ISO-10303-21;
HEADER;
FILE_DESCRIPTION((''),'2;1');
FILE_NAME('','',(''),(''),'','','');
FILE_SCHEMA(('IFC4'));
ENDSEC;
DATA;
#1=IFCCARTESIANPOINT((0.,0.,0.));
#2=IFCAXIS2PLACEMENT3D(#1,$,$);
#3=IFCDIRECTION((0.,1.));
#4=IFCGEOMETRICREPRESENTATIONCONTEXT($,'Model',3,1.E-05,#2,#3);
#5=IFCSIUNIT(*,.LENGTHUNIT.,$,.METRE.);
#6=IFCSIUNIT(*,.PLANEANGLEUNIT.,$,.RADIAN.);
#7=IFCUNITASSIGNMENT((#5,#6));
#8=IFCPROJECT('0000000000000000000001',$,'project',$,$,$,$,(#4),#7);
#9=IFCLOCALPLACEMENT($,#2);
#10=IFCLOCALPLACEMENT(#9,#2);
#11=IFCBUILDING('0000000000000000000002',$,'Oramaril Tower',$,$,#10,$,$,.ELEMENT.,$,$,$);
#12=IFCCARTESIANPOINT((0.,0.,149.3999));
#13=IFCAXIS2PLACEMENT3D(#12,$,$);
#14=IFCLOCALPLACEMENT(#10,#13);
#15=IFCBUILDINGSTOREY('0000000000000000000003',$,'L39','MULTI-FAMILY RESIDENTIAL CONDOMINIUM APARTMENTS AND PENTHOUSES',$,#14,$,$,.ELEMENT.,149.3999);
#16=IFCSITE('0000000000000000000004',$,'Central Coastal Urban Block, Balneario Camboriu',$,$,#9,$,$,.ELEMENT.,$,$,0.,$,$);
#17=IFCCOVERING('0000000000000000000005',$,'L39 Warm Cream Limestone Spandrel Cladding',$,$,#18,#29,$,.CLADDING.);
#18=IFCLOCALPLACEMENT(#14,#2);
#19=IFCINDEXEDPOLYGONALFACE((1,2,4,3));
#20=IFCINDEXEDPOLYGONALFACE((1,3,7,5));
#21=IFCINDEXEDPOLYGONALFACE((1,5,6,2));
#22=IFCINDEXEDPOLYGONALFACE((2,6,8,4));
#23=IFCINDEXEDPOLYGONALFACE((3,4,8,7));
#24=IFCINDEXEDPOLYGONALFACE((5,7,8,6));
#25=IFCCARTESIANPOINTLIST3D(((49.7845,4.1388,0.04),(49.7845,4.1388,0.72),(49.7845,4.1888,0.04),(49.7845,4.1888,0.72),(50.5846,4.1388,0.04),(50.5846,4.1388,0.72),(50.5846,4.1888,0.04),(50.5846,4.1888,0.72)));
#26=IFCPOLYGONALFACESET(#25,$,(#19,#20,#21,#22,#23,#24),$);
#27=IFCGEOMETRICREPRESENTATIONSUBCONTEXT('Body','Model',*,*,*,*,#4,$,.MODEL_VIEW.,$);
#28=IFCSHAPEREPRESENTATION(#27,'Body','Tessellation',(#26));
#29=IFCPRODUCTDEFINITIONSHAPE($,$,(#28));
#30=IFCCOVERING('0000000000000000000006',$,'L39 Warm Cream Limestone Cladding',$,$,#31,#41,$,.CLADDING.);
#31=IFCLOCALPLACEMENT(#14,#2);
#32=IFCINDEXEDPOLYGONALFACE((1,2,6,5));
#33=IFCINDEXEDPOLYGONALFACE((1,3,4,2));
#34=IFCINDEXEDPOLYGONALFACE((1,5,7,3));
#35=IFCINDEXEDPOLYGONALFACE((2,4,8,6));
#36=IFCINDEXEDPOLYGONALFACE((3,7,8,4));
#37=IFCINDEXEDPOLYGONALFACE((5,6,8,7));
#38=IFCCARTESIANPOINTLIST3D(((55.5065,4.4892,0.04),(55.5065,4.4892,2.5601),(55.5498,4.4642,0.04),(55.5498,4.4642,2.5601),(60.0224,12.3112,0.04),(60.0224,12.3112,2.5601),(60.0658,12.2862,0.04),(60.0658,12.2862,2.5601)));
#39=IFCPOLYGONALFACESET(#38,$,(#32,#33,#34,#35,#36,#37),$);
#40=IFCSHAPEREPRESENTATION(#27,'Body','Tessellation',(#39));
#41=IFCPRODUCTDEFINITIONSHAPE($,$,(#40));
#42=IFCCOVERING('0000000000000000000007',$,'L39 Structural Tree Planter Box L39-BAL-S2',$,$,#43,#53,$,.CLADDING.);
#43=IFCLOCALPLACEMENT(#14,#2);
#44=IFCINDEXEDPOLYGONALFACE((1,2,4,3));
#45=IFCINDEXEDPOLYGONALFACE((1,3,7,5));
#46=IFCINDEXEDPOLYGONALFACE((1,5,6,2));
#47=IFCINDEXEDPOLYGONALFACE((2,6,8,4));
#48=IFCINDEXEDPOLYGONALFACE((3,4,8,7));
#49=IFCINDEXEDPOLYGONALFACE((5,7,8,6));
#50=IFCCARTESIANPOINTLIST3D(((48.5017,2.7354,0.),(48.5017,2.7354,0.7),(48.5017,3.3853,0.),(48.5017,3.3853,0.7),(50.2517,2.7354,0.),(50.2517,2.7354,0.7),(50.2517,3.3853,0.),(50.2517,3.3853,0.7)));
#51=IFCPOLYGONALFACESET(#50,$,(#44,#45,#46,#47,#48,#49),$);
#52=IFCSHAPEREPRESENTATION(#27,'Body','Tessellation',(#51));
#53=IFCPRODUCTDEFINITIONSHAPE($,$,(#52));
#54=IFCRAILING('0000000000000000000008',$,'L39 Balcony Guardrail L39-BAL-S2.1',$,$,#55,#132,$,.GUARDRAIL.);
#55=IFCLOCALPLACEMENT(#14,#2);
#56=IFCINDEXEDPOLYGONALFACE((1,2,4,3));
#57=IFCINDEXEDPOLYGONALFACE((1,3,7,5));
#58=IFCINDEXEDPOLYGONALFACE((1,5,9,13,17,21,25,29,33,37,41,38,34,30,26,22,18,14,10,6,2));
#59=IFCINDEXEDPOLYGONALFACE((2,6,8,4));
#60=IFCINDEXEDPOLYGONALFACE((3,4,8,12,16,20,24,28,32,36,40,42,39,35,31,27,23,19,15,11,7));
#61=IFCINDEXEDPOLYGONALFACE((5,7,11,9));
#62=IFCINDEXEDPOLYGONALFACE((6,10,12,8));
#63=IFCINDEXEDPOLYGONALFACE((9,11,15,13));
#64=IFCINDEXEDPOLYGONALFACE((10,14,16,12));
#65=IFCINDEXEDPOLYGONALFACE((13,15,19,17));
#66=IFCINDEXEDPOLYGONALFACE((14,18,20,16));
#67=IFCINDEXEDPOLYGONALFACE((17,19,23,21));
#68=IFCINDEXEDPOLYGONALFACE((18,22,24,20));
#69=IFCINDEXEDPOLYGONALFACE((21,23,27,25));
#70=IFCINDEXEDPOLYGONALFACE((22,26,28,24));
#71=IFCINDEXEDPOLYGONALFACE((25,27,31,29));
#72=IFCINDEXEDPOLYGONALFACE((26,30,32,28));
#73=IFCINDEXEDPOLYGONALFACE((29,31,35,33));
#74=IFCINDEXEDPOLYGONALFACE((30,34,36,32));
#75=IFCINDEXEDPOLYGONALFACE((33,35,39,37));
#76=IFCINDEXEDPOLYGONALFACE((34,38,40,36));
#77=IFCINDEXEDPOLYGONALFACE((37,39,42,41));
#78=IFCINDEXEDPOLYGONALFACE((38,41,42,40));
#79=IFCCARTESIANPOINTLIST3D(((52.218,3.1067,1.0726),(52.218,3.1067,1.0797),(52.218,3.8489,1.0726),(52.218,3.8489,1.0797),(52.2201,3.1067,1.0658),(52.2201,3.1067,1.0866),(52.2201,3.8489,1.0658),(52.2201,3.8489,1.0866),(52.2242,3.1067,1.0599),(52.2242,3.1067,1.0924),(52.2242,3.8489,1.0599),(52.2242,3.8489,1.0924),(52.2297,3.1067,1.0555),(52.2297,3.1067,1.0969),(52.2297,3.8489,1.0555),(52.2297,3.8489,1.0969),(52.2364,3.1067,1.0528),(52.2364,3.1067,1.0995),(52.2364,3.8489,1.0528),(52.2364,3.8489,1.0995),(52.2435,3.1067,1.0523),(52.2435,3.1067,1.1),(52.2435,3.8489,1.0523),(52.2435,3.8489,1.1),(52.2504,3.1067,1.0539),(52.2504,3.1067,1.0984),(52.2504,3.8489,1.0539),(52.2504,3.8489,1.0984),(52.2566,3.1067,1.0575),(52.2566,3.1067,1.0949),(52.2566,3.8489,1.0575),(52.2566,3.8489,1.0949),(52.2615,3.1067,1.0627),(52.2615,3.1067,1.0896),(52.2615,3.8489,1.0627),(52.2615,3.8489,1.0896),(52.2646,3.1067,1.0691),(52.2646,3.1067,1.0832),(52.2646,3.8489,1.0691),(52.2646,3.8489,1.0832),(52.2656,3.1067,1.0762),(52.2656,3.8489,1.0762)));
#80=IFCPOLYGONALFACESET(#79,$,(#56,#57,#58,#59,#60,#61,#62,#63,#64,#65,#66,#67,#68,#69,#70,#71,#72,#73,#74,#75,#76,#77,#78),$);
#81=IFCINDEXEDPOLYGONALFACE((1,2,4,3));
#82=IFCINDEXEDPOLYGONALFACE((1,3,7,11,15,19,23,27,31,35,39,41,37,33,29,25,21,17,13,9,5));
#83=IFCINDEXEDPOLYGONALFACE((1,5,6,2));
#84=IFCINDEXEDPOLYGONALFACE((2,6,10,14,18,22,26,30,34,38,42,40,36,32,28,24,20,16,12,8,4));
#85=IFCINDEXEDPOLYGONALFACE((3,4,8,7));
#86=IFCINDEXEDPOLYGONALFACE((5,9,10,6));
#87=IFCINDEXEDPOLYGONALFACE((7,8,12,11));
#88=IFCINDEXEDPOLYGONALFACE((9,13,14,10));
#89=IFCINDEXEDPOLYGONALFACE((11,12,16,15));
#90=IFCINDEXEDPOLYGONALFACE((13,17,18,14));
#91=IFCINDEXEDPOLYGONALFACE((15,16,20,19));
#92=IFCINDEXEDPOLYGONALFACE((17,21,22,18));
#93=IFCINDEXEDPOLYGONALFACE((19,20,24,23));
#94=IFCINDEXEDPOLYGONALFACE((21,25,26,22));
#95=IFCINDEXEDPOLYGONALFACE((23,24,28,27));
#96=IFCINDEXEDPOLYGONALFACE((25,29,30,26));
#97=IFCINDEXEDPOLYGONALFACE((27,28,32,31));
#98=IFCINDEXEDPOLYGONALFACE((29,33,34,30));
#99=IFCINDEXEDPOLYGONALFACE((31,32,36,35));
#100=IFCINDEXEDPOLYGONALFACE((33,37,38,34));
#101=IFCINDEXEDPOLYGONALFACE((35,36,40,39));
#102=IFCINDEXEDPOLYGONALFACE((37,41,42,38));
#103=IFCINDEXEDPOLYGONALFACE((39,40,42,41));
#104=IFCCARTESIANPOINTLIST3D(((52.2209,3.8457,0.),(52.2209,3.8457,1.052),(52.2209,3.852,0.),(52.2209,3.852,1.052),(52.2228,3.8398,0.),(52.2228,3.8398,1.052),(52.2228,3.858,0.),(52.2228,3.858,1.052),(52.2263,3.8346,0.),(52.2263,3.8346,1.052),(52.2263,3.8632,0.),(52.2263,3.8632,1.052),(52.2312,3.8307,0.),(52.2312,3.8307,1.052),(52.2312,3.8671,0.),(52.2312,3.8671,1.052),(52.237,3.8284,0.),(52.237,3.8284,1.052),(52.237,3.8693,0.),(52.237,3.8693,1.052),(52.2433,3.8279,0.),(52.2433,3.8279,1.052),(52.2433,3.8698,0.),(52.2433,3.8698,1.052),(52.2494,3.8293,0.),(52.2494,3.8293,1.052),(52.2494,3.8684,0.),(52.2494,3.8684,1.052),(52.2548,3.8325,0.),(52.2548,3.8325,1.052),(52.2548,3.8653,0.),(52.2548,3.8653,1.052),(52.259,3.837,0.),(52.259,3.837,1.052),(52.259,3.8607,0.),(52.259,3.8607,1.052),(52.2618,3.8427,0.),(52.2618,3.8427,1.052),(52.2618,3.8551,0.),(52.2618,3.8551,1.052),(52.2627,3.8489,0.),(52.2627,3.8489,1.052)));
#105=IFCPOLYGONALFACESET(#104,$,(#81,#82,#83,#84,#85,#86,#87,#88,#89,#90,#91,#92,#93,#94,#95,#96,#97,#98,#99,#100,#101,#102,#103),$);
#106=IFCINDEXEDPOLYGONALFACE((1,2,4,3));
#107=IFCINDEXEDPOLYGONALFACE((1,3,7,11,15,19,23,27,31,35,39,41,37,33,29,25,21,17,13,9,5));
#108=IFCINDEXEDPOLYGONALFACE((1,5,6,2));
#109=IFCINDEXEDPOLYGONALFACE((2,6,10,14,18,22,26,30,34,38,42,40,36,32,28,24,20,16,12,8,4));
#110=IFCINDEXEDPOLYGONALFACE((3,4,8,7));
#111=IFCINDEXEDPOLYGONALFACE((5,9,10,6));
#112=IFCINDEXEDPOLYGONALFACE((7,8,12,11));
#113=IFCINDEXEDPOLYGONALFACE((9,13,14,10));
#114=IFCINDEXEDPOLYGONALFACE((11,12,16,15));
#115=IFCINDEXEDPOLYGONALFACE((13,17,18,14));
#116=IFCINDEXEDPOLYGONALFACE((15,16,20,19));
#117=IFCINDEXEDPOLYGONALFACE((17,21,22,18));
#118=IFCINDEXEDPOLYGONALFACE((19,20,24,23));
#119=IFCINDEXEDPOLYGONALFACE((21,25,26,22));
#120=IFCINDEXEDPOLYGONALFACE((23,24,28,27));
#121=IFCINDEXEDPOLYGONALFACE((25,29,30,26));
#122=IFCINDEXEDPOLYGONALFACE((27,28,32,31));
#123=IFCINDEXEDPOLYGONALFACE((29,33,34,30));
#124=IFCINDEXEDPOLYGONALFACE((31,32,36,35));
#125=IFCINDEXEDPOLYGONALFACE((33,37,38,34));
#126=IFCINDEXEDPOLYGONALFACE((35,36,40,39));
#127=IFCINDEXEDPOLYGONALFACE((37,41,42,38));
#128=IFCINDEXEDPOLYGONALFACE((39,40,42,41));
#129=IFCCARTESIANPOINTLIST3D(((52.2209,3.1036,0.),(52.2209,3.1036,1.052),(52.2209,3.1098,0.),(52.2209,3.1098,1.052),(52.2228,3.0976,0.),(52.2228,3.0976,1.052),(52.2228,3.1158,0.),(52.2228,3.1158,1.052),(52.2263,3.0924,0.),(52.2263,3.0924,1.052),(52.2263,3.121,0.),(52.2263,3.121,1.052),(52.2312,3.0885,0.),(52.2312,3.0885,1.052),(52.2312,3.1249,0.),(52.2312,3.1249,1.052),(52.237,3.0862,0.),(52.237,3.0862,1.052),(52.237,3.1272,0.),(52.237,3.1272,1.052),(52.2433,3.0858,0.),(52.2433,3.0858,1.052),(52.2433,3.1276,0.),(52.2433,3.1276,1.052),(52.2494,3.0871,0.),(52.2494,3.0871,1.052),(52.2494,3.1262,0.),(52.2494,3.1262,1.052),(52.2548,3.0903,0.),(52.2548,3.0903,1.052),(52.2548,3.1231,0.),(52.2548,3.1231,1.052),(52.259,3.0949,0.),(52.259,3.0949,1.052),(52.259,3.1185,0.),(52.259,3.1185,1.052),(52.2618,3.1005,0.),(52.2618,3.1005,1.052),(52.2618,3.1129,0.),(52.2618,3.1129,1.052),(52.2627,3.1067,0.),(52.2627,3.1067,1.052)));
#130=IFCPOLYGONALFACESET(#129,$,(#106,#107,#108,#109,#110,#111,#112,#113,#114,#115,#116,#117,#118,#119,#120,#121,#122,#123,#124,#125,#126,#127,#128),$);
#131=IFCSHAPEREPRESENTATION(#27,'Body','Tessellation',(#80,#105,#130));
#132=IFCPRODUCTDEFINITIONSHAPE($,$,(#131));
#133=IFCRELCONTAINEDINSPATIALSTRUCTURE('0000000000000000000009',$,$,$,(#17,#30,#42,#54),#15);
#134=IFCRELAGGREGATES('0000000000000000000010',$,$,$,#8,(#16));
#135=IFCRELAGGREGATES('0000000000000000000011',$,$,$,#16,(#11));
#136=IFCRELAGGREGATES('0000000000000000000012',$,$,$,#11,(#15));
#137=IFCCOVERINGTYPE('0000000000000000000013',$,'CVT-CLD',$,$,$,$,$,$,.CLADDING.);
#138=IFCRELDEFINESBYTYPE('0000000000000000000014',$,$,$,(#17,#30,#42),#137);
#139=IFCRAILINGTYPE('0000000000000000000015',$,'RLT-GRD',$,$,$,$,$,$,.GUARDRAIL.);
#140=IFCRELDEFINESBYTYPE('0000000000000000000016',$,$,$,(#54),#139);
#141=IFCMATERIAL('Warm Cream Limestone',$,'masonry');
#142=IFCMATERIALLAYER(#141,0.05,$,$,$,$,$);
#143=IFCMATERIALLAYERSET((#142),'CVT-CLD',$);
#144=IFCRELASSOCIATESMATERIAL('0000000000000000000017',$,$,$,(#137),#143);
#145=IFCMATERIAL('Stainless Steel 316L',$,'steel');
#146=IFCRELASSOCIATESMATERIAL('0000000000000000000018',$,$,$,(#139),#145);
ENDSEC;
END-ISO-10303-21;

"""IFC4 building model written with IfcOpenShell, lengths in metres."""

from ifc_helpers import new_model, si_unit, direction, frame, origin, origin_2d, place, context, subcontext, project, spatial, rectangle, circle, extrude, material, layer, layer_set, type_object, element, save


model = new_model("IFC4")

# Units and contexts
model_context = context("Model", 3, precision=1e-05, world=origin(), true_north=direction((0.0, 1.0)))
body_context = subcontext(model_context, "Body", "Model", "MODEL_VIEW")
ifc_project = project(units=[si_unit("LENGTHUNIT", "METRE"), si_unit("PLANEANGLEUNIT", "RADIAN")], contexts=[model_context])

# Site, building, storey
site_placement = place(None, origin())
site = spatial("IfcSite", under=ifc_project, at=site_placement, Name="Central Coastal Urban Block, Balneario Camboriu", CompositionType="ELEMENT", RefElevation=0.0)
building_placement = place(site_placement, origin())
building = spatial("IfcBuilding", under=site, at=building_placement, Name="Oramaril Tower", CompositionType="ELEMENT")
storey_placement = place(building_placement, frame((0.0, 0.0, 149.3999)))
storey = spatial("IfcBuildingStorey", under=building, at=storey_placement, Name="L39", Description="MULTI-FAMILY RESIDENTIAL CONDOMINIUM APARTMENTS AND PENTHOUSES", CompositionType="ELEMENT", Elevation=149.3999)

# Coverings
ifc_material_1 = material(Name="Warm Cream Limestone", Category="masonry")
ifc_layer_1 = layer(ifc_material_1, 0.05)
ifc_layer_set_1 = layer_set([ifc_layer_1], Name="CVT-CLD")
covering_type = type_object("IfcCoveringType", Name="CVT-CLD", PredefinedType="CLADDING", material=ifc_layer_set_1)
covering_1_placement = place(storey_placement, frame((50.1846, 4.1638, 0.04), z_axis=(0.0, 0.0, 1.0), x_axis=(1.0, 0.0, 0.0)))
element("IfcCovering", 1, at=covering_1_placement, inside=storey, type_object=covering_type, Name="L39 Warm Cream Limestone Spandrel Cladding", PredefinedType="CLADDING", context=body_context, shape_type="SweptSolid", body=[
    extrude(rectangle(XDim=0.8, YDim=0.05, at=origin_2d()), origin(), (0.0, 0.0, 1.0), 0.6799),
])
covering_2_placement = place(storey_placement, frame((57.7861, 8.3877, 0.04), z_axis=(0.0, 0.0, 1.0), x_axis=(0.499998, 0.866026, 0.0)))
element("IfcCovering", 2, at=covering_2_placement, inside=storey, type_object=covering_type, Name="L39 Warm Cream Limestone Cladding", PredefinedType="CLADDING", context=body_context, shape_type="SweptSolid", body=[
    extrude(rectangle(XDim=9.032, YDim=0.05, at=origin_2d()), origin(), (0.0, 0.0, 1.0), 2.52),
])
covering_3_placement = place(storey_placement, frame((49.3767, 3.0603, 0.0), z_axis=(0.0, 0.0, 1.0), x_axis=(1.0, 0.0, 0.0)))
element("IfcCovering", 3, at=covering_3_placement, inside=storey, type_object=covering_type, Name="L39 Structural Tree Planter Box L39-BAL-S2", PredefinedType="CLADDING", context=body_context, shape_type="SweptSolid", body=[
    extrude(rectangle(XDim=1.75, YDim=0.6499, at=origin_2d()), origin(), (0.0, 0.0, 1.0), 0.7),
])

# Railing
ifc_material_2 = material(Name="Stainless Steel 316L", Category="steel")
railing_type = type_object("IfcRailingType", Name="RLT-GRD", PredefinedType="GUARDRAIL", material=ifc_material_2)
railing_1_placement = place(storey_placement, frame((52.2417, 3.8489, 0.0)))
element("IfcRailing", 4, at=railing_1_placement, inside=storey, type_object=railing_type, Name="L39 Balcony Guardrail L39-BAL-S2.1", PredefinedType="GUARDRAIL", context=body_context, shape_type="SweptSolid", body=[
    extrude(circle(Radius=0.0239, at=origin_2d()), frame((0.0, 0.0, 1.0762), z_axis=(0.0, -1.0, 0.0), x_axis=(1.0, 0.0, 0.0)), (0.0, 0.0, 1.0), 0.7422),
    extrude(circle(Radius=0.021, at=origin_2d()), origin(), (0.0, 0.0, 1.0), 1.052),
    extrude(circle(Radius=0.021, at=origin_2d()), frame((0.0, -0.7422, 0.0)), (0.0, 0.0, 1.0), 1.052),
])

save(model, "model.ifc")
